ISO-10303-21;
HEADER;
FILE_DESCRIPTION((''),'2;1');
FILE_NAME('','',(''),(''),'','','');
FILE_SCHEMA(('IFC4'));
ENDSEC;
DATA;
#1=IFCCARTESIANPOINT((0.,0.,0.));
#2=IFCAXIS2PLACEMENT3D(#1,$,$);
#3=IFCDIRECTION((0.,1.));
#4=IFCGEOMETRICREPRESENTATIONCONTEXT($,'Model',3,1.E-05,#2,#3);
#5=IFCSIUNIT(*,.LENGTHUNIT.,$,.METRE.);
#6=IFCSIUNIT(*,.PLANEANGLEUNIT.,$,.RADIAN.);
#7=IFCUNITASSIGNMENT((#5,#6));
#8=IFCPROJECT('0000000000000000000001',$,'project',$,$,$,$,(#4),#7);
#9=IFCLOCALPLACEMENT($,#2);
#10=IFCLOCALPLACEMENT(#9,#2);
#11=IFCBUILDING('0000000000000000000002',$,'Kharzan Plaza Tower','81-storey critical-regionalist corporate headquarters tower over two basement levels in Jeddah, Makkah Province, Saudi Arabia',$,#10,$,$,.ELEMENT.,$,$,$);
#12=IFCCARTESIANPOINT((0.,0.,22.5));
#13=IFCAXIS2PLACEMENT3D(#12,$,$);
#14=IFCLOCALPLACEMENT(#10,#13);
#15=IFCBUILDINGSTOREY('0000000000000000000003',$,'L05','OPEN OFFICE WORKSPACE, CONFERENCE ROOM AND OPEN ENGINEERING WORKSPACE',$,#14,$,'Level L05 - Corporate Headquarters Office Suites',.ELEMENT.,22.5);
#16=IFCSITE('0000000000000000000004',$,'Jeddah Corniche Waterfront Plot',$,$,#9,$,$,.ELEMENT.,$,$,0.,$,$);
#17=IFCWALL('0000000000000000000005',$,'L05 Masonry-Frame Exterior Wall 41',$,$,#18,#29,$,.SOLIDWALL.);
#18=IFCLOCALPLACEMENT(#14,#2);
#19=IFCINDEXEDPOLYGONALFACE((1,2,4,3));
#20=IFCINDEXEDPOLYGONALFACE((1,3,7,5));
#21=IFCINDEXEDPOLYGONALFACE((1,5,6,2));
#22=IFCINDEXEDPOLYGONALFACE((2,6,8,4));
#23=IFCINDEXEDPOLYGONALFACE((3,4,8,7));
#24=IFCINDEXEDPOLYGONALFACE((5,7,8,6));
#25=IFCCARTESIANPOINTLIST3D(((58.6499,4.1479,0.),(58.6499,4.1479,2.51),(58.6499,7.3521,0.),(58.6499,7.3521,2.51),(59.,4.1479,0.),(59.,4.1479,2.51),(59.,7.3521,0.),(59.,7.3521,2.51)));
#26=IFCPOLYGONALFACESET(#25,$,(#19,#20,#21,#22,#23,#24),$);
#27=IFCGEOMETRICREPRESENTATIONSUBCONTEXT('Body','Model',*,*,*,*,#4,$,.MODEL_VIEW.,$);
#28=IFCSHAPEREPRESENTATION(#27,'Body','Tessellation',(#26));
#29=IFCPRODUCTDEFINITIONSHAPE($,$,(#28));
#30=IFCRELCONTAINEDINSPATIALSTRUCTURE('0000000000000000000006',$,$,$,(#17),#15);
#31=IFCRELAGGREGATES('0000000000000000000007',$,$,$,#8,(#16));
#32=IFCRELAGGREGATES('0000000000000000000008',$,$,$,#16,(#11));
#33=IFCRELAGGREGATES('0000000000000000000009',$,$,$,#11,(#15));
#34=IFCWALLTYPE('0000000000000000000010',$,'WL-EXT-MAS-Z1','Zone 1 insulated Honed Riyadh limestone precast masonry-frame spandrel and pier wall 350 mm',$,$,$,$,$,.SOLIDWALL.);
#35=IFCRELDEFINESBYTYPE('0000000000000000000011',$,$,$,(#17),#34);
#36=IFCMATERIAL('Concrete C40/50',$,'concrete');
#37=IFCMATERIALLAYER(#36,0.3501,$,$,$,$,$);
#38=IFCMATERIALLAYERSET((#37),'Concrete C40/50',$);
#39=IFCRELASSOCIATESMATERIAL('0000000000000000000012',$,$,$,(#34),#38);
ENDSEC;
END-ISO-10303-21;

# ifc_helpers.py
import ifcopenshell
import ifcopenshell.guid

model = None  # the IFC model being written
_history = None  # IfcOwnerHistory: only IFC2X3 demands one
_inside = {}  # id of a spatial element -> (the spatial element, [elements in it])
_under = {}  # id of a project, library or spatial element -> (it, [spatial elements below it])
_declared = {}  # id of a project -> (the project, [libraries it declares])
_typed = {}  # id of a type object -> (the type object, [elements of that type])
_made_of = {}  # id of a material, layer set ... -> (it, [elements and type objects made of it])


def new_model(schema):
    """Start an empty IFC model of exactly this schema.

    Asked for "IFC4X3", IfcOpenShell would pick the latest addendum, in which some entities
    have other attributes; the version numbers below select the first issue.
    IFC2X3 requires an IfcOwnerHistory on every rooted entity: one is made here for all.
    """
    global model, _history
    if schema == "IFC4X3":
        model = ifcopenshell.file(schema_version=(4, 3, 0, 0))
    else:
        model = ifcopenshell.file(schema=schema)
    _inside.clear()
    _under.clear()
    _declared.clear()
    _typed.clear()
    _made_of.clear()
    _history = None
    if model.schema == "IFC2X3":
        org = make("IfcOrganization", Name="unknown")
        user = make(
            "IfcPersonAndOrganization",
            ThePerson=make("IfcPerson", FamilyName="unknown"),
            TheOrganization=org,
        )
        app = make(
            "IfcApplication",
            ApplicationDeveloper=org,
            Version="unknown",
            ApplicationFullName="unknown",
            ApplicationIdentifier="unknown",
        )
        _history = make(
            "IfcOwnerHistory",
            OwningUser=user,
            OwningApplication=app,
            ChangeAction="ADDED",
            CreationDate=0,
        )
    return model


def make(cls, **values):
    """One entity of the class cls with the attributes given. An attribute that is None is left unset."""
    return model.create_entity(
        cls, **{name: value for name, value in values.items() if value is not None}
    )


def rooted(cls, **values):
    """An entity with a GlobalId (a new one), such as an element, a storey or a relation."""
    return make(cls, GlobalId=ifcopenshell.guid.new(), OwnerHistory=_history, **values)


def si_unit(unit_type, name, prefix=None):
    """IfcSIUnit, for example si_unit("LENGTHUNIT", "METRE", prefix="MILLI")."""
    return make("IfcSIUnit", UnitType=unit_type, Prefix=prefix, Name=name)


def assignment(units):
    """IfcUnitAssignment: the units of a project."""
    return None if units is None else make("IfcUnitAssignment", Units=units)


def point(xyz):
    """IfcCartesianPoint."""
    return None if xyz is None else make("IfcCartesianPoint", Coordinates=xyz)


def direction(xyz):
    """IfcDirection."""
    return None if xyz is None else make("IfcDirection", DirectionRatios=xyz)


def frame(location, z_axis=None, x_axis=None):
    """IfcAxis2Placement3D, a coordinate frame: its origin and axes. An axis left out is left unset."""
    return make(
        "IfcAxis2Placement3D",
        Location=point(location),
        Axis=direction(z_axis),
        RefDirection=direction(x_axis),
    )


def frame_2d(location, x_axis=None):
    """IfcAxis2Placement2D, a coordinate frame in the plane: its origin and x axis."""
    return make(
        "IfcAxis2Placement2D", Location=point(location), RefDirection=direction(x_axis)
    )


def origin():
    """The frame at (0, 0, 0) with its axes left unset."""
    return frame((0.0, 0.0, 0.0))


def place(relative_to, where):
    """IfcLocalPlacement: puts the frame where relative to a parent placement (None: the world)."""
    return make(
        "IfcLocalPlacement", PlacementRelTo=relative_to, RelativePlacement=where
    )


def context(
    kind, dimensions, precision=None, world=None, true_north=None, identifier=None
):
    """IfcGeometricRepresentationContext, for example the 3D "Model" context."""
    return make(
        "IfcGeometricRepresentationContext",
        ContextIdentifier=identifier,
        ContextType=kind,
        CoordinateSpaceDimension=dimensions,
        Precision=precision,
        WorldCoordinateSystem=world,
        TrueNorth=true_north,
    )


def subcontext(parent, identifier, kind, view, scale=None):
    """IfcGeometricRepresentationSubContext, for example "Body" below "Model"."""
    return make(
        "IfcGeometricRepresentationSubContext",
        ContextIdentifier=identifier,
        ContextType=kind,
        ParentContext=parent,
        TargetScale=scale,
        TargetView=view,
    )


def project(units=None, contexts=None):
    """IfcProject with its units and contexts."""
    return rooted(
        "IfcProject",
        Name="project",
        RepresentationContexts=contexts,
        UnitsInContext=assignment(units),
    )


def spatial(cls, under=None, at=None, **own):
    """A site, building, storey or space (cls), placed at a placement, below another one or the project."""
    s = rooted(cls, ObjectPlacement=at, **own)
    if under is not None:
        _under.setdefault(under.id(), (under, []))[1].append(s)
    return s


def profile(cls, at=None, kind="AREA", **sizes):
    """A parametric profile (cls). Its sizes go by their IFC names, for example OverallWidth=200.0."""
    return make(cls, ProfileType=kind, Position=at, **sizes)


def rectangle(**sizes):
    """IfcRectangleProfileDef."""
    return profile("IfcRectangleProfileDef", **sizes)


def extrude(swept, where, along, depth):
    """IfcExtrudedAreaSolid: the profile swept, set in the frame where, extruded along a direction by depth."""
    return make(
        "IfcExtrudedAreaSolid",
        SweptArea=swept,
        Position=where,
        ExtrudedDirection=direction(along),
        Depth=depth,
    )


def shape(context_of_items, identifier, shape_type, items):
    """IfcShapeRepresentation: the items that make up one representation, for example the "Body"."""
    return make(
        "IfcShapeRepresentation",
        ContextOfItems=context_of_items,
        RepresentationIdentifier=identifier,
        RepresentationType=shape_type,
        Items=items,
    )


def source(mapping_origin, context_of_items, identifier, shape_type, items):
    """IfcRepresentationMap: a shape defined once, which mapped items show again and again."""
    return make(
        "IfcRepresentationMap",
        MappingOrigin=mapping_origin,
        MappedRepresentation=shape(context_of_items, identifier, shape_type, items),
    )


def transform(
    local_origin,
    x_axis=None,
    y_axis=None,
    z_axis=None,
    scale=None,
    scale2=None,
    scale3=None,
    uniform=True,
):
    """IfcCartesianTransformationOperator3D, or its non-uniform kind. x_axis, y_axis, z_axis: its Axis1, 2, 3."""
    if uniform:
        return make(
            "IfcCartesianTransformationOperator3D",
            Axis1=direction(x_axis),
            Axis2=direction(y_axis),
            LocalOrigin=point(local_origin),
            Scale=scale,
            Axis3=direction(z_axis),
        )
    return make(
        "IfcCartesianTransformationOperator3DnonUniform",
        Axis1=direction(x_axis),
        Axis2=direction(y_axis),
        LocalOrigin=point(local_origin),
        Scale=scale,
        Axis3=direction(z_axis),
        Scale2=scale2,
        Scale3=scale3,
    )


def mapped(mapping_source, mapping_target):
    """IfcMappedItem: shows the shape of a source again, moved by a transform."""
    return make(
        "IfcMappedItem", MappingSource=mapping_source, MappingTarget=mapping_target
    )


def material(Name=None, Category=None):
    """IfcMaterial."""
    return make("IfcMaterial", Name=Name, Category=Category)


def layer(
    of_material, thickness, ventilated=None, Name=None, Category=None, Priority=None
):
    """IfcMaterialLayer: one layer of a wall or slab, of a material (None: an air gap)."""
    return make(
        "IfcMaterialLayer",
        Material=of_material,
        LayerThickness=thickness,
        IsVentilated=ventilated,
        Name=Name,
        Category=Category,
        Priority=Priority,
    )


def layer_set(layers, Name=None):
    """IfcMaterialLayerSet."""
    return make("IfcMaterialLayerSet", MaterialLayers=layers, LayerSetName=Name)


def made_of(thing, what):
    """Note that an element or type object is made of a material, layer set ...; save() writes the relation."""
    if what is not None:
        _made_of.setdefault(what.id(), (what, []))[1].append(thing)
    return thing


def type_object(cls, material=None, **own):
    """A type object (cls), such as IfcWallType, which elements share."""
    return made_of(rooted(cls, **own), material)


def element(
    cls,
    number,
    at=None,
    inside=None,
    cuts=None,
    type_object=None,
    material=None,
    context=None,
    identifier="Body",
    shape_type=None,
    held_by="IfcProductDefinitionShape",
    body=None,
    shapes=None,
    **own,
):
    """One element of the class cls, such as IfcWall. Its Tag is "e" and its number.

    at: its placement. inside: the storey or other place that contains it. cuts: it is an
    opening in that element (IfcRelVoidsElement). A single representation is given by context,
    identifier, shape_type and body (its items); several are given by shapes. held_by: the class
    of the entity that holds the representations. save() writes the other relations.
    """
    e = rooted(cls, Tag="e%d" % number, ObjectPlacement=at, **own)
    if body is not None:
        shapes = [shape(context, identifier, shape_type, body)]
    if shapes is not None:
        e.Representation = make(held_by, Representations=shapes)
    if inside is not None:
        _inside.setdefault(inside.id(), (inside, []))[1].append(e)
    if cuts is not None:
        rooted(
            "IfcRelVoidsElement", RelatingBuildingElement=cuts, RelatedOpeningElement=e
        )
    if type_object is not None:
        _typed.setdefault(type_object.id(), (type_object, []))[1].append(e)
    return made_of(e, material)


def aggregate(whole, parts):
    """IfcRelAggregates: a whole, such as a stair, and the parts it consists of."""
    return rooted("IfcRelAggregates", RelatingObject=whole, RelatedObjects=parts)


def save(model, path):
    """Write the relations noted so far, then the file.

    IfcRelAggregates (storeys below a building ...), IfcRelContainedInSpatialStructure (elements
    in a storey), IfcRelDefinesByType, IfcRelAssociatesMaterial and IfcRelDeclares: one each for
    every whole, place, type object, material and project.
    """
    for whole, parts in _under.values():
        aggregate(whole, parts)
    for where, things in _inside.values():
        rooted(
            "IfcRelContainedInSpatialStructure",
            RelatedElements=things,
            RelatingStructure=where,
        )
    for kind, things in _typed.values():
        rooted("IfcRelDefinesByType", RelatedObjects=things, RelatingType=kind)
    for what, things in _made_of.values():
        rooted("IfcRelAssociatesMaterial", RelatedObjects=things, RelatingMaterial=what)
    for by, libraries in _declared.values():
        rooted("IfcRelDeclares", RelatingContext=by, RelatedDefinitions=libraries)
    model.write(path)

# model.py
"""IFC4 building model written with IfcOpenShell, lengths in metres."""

from ifc_helpers import new_model, si_unit, direction, frame, frame_2d, origin, place, context, subcontext, project, spatial, rectangle, extrude, source, transform, mapped, material, layer, layer_set, type_object, element, save


model = new_model("IFC4")

# Units and contexts
model_context = context("Model", 3, precision=1e-05, world=origin(), true_north=direction((0.0, 1.0)))
body_context = subcontext(model_context, "Body", "Model", "MODEL_VIEW")
ifc_project = project(units=[si_unit("LENGTHUNIT", "METRE"), si_unit("PLANEANGLEUNIT", "RADIAN")], contexts=[model_context])

# Site, building, storey
site_placement = place(None, origin())
site = spatial("IfcSite", under=ifc_project, at=site_placement, Name="Jeddah Corniche Waterfront Plot", CompositionType="ELEMENT", RefElevation=0.0)
building_placement = place(site_placement, origin())
building = spatial("IfcBuilding", under=site, at=building_placement, Name="Kharzan Plaza Tower", Description="81-storey critical-regionalist corporate headquarters tower over two basement levels in Jeddah, Makkah Province, Saudi Arabia", CompositionType="ELEMENT")
storey_placement = place(building_placement, frame((0.0, 0.0, 22.5)))
storey = spatial("IfcBuildingStorey", under=building, at=storey_placement, Name="L05", Description="OPEN OFFICE WORKSPACE, CONFERENCE ROOM AND OPEN ENGINEERING WORKSPACE", LongName="Level L05 - Corporate Headquarters Office Suites", CompositionType="ELEMENT", Elevation=22.5)

# Shared definitions
ifc_material_1 = material(Name="Concrete C40/50", Category="concrete")
ifc_layer = layer(ifc_material_1, 0.3501)
ifc_layer_set = layer_set([ifc_layer], Name="Concrete C40/50")
wall_type = type_object("IfcWallType", Name="WL-EXT-MAS-Z1", Description="Zone 1 insulated Honed Riyadh limestone precast masonry-frame spandrel and pier wall 350 mm", PredefinedType="SOLIDWALL", material=ifc_layer_set)

# Wall
shared_shape_1 = source(origin(), body_context, "Body", "SweptSolid", [
    extrude(rectangle(XDim=3.2041, YDim=0.3501, at=frame_2d((1.6021, 0.0))), origin(), (0.0, 0.0, 1.0), 2.51),
])
wall_1_placement = place(storey_placement, frame((58.825, 4.1479, 0.0), z_axis=(0.0, 0.0, 1.0), x_axis=(0.0, 1.0, 0.0)))
element("IfcWall", 1, at=wall_1_placement, inside=storey, type_object=wall_type, Name="L05 Masonry-Frame Exterior Wall 41", PredefinedType="SOLIDWALL", context=body_context, shape_type="MappedRepresentation", body=[
    mapped(shared_shape_1, transform((0.0, 0.0, 0.0), x_axis=(1.0, 0.0, 0.0), y_axis=(0.0, 1.0, 0.0), z_axis=(0.0, 0.0, 1.0))),
])

save(model, "model.ifc")
